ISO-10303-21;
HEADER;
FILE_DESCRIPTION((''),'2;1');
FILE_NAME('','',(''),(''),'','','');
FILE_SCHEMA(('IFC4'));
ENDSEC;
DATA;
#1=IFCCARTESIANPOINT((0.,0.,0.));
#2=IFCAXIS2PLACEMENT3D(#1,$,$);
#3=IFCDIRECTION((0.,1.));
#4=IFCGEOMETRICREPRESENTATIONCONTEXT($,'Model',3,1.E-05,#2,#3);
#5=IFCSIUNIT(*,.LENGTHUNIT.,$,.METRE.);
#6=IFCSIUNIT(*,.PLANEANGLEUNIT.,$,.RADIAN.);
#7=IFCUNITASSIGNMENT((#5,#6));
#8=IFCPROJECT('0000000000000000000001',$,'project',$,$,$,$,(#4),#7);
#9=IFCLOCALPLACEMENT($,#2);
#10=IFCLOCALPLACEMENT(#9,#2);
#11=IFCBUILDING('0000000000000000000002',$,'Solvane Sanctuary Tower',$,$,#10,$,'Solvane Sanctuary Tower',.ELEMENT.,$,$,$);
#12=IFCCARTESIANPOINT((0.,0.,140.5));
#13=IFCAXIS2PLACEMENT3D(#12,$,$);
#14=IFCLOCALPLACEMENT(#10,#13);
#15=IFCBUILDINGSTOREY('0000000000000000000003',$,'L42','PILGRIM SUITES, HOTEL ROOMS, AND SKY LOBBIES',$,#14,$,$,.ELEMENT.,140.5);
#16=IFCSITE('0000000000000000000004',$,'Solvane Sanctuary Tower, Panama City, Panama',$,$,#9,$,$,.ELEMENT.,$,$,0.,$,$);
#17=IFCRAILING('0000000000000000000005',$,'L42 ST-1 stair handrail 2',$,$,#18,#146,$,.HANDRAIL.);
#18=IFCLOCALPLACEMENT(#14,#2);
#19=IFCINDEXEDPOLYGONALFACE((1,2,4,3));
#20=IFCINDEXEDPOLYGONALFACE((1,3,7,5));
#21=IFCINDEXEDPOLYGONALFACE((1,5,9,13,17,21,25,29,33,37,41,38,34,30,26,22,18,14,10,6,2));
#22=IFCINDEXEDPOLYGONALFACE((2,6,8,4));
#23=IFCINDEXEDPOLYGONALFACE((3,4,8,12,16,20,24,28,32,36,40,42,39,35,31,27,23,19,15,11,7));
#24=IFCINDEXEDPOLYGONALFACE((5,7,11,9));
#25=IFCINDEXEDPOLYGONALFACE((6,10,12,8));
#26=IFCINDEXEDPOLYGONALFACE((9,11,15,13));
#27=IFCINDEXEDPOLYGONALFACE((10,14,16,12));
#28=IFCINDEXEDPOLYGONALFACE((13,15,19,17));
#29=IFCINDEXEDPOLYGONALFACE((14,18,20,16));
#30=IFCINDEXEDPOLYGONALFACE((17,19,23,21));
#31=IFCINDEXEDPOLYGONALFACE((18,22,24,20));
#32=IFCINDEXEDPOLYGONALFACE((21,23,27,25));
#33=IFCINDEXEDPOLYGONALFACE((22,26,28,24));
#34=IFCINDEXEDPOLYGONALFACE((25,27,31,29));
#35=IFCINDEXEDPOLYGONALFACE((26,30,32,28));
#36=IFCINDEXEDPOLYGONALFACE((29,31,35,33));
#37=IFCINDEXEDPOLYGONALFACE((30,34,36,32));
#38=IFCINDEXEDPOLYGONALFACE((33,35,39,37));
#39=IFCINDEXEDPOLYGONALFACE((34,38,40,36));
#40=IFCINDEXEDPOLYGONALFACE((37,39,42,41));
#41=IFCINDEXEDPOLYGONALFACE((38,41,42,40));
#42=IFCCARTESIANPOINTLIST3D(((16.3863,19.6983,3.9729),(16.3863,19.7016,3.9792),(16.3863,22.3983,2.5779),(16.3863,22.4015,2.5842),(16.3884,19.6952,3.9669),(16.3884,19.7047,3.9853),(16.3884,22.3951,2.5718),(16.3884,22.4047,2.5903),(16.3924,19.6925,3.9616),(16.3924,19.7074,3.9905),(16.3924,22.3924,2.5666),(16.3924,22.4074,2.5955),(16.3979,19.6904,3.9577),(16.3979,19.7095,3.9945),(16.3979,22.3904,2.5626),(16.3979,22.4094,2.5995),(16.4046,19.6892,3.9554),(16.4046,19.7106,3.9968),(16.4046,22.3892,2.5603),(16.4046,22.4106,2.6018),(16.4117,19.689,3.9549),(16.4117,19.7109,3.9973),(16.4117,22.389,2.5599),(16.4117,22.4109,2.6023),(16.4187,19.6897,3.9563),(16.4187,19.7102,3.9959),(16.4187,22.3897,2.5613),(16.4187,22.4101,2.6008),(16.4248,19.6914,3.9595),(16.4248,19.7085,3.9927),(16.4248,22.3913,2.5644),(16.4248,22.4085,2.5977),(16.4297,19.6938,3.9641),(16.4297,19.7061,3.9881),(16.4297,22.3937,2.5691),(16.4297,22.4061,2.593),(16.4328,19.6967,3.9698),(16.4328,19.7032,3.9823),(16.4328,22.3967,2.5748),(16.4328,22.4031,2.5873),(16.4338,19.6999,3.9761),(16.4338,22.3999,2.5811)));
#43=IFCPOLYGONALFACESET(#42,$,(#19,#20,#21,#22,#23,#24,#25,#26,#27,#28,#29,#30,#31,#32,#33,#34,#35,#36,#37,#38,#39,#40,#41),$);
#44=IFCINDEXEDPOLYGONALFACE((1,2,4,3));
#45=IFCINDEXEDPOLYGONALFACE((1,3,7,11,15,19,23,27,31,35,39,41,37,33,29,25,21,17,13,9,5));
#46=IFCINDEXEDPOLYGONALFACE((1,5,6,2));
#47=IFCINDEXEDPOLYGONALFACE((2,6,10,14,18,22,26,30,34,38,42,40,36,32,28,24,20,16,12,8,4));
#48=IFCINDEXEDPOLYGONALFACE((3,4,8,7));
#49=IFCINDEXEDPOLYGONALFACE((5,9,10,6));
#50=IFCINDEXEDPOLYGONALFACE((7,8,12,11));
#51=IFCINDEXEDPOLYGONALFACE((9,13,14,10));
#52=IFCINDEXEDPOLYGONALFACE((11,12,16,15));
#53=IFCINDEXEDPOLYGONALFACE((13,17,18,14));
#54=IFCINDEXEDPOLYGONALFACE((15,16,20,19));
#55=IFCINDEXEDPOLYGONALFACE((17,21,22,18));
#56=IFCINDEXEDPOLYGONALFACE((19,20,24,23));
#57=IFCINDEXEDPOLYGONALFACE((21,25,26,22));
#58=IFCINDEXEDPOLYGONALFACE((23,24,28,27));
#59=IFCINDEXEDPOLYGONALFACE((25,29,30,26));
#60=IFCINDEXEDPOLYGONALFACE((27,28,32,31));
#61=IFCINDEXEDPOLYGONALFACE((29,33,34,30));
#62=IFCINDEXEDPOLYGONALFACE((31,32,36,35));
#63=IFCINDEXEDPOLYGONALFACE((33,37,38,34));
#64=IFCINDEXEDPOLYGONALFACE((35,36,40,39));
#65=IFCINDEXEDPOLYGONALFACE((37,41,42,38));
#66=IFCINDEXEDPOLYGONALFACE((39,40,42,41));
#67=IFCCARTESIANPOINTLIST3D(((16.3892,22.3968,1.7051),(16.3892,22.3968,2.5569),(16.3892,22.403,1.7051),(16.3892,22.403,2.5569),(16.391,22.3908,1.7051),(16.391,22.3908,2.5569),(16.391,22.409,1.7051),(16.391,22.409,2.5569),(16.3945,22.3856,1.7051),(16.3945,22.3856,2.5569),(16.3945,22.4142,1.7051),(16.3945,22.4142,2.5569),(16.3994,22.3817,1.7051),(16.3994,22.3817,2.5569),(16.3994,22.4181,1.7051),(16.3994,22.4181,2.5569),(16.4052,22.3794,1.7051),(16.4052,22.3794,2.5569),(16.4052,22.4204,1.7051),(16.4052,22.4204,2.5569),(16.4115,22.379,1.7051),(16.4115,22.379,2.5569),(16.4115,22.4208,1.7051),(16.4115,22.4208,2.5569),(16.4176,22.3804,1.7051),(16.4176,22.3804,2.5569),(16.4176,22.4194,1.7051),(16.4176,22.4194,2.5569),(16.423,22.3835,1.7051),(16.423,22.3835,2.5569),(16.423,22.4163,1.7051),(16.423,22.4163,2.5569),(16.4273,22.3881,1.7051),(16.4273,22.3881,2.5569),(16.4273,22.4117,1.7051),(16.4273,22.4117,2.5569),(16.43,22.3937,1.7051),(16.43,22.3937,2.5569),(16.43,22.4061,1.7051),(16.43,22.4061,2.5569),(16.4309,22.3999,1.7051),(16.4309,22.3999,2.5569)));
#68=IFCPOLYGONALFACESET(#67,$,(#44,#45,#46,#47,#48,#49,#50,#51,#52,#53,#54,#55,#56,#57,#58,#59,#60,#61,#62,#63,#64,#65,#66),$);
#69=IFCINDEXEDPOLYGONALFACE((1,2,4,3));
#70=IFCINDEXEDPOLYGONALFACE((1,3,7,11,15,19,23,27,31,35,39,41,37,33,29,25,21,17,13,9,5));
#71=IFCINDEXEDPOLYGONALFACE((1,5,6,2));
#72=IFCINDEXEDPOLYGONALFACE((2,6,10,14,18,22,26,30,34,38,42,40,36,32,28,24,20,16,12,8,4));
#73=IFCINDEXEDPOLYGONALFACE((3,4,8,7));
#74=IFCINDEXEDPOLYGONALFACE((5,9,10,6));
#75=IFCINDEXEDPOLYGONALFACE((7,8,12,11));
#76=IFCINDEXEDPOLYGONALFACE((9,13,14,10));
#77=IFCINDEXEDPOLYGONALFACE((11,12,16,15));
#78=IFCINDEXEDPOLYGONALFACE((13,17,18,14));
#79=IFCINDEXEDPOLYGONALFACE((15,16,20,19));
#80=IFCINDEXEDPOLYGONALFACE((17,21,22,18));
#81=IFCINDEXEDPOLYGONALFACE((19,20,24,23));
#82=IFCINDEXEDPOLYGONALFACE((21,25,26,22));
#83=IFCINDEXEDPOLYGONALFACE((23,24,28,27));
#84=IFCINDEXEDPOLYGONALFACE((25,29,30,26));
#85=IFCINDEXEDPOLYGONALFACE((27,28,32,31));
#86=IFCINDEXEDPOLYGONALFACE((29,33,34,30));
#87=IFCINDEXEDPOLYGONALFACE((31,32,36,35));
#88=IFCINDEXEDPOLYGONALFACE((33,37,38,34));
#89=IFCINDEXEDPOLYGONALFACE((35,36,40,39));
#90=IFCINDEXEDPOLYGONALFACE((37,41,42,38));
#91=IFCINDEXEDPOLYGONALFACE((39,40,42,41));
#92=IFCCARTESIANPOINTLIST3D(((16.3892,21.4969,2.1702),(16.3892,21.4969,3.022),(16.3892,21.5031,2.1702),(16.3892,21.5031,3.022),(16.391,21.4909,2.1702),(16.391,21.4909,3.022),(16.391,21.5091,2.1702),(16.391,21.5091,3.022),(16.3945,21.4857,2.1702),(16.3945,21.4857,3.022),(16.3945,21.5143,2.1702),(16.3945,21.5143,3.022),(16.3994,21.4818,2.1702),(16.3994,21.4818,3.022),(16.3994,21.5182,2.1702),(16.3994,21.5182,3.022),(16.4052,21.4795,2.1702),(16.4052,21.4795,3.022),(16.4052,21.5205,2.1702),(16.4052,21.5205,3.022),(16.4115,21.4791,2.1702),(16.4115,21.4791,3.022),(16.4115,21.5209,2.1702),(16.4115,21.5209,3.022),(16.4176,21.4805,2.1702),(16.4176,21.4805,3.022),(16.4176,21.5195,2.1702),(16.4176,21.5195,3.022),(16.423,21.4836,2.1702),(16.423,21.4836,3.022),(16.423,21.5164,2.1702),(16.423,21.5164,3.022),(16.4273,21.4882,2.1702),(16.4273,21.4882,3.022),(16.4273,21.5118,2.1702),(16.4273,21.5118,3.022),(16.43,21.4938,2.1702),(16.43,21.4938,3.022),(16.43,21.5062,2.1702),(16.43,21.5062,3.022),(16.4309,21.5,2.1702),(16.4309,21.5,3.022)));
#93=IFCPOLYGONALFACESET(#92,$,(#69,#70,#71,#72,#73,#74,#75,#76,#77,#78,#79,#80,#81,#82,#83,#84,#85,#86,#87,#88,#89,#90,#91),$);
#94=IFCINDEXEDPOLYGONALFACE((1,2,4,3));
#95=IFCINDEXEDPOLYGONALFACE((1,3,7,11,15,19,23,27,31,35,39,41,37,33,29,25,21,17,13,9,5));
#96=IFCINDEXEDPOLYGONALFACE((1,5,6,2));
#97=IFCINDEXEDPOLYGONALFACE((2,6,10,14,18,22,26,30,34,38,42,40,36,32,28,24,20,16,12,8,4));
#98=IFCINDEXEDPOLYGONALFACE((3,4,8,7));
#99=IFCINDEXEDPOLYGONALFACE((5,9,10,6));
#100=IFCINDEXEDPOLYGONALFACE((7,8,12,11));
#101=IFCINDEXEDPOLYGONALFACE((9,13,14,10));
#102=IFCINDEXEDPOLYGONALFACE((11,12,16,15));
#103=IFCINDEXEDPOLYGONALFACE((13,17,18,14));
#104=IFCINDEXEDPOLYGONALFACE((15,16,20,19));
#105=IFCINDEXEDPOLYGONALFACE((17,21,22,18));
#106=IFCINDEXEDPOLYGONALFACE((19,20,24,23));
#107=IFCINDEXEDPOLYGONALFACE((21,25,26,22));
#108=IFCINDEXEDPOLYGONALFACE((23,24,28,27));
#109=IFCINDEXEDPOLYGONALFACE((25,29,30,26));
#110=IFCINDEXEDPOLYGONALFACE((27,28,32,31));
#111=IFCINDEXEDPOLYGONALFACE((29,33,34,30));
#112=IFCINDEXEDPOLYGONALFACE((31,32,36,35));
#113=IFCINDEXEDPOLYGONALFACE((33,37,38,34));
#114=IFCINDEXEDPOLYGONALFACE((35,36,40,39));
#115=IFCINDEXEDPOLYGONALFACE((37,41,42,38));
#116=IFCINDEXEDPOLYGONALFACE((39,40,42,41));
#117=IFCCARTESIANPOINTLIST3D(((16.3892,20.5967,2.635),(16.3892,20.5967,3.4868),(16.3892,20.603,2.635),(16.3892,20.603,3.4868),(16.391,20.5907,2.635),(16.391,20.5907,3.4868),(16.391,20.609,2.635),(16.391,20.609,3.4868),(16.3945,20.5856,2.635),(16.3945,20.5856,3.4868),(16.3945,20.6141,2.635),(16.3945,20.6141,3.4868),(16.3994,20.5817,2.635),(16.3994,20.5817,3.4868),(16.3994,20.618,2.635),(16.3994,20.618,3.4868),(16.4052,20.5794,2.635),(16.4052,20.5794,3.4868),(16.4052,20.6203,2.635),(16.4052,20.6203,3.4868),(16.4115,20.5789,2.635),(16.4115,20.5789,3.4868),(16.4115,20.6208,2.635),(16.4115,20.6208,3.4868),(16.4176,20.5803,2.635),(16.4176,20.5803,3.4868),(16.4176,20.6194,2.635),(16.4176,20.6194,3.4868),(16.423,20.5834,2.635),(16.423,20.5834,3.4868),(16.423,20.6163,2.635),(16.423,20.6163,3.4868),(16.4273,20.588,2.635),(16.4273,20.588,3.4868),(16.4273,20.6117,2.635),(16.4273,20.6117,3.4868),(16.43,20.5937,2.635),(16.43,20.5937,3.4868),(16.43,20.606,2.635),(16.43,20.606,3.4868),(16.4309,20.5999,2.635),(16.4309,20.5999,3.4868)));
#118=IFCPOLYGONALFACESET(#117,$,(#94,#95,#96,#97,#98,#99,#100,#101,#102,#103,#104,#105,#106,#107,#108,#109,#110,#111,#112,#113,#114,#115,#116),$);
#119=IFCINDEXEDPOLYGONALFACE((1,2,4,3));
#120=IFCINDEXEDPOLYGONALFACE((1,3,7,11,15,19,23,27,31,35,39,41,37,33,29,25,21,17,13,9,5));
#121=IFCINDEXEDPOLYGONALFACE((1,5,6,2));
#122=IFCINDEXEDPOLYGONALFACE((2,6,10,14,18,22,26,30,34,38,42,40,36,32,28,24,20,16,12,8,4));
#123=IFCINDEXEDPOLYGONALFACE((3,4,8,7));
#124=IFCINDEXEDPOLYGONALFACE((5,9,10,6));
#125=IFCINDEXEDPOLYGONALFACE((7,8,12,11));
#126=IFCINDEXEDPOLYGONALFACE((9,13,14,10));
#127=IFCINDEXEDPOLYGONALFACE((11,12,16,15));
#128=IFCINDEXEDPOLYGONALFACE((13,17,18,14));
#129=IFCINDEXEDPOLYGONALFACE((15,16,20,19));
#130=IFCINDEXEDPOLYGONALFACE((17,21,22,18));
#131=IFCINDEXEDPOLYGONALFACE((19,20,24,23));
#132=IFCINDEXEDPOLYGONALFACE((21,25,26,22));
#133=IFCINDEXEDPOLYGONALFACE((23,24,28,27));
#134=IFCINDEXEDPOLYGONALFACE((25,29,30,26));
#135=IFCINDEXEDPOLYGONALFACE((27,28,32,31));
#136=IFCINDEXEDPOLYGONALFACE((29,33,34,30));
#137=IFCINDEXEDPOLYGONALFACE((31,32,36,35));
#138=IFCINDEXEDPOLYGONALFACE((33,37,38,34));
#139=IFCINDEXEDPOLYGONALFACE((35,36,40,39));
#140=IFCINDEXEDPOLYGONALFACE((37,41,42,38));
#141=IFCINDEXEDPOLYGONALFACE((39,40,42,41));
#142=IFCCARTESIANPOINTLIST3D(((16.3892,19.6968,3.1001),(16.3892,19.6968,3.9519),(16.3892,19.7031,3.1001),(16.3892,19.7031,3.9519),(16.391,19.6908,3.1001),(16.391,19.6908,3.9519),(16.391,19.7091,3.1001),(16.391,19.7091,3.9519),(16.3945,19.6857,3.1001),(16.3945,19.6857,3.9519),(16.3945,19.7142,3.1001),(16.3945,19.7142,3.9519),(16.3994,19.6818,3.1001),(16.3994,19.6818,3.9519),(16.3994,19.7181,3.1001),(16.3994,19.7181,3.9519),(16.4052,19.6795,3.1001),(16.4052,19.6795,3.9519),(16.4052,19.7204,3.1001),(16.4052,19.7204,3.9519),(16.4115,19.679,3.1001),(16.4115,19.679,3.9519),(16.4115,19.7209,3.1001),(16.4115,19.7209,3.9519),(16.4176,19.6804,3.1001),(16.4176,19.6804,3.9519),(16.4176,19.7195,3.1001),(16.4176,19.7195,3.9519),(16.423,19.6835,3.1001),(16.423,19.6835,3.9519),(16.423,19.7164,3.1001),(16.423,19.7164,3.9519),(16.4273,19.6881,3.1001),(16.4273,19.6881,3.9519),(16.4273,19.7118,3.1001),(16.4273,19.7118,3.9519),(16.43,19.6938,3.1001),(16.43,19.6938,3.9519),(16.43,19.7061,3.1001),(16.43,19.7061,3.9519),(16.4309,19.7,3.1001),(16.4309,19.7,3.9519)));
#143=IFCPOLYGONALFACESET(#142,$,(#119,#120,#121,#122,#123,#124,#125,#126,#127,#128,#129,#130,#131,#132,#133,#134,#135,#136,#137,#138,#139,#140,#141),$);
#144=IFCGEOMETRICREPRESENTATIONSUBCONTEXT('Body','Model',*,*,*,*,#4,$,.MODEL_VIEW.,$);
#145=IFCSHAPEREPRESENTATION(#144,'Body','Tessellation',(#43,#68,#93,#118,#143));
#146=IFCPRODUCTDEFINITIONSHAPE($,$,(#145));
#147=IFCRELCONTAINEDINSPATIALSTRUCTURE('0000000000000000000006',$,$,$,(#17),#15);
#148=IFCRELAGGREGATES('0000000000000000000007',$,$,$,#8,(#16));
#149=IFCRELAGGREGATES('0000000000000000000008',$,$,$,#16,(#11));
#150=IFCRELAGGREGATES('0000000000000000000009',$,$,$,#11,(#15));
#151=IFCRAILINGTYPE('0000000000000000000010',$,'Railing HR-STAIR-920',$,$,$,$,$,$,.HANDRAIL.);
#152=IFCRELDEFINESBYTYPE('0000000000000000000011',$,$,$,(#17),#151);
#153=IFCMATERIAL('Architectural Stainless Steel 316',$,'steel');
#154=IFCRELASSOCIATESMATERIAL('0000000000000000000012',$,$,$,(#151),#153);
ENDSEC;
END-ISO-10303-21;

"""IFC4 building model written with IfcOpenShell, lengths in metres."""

from ifc_helpers import new_model, si_unit, direction, frame, origin, origin_2d, place, context, subcontext, project, spatial, circle, extrude, material, type_object, element, save


model = new_model("IFC4")

# Units and contexts
model_context = context("Model", 3, precision=1e-05, world=origin(), true_north=direction((0.0, 1.0)))
body_context = subcontext(model_context, "Body", "Model", "MODEL_VIEW")
ifc_project = project(units=[si_unit("LENGTHUNIT", "METRE"), si_unit("PLANEANGLEUNIT", "RADIAN")], contexts=[model_context])

# Site, building, storey
site_placement = place(None, origin())
site = spatial("IfcSite", under=ifc_project, at=site_placement, Name="Solvane Sanctuary Tower, Panama City, Panama", CompositionType="ELEMENT", RefElevation=0.0)
building_placement = place(site_placement, origin())
building = spatial("IfcBuilding", under=site, at=building_placement, Name="Solvane Sanctuary Tower", LongName="Solvane Sanctuary Tower", CompositionType="ELEMENT")
storey_placement = place(building_placement, frame((0.0, 0.0, 140.5)))
storey = spatial("IfcBuildingStorey", under=building, at=storey_placement, Name="L42", Description="PILGRIM SUITES, HOTEL ROOMS, AND SKY LOBBIES", CompositionType="ELEMENT", Elevation=140.5)

# Shared definitions
ifc_material_1 = material(Name="Architectural Stainless Steel 316", Category="steel")

# Railing
railing_type_1 = type_object("IfcRailingType", Name="Railing HR-STAIR-920", PredefinedType="HANDRAIL", material=ifc_material_1)
railing_1_placement = place(storey_placement, frame((16.4099, 22.3999, 1.7051)))
element("IfcRailing", 1, at=railing_1_placement, inside=storey, type_object=railing_type_1, Name="L42 ST-1 stair handrail 2", PredefinedType="HANDRAIL", context=body_context, shape_type="SweptSolid", body=[
    extrude(circle(Radius=0.0239, at=origin_2d()), frame((0.0, 0.0, 0.876), z_axis=(0.0, -0.88842, 0.459032), x_axis=(1.0, 0.0, 0.0)), (0.0, 0.0, 1.0), 3.0391),
    extrude(circle(Radius=0.021, at=origin_2d()), origin(), (0.0, 0.0, 1.0), 0.8518),
    extrude(circle(Radius=0.021, at=origin_2d()), frame((0.0, -0.8999, 0.4651)), (0.0, 0.0, 1.0), 0.8518),
    extrude(circle(Radius=0.021, at=origin_2d()), frame((0.0, -1.8, 0.9299)), (0.0, 0.0, 1.0), 0.8518),
    extrude(circle(Radius=0.021, at=origin_2d()), frame((0.0, -2.7, 1.395)), (0.0, 0.0, 1.0), 0.8518),
])

save(model, "model.ifc")
